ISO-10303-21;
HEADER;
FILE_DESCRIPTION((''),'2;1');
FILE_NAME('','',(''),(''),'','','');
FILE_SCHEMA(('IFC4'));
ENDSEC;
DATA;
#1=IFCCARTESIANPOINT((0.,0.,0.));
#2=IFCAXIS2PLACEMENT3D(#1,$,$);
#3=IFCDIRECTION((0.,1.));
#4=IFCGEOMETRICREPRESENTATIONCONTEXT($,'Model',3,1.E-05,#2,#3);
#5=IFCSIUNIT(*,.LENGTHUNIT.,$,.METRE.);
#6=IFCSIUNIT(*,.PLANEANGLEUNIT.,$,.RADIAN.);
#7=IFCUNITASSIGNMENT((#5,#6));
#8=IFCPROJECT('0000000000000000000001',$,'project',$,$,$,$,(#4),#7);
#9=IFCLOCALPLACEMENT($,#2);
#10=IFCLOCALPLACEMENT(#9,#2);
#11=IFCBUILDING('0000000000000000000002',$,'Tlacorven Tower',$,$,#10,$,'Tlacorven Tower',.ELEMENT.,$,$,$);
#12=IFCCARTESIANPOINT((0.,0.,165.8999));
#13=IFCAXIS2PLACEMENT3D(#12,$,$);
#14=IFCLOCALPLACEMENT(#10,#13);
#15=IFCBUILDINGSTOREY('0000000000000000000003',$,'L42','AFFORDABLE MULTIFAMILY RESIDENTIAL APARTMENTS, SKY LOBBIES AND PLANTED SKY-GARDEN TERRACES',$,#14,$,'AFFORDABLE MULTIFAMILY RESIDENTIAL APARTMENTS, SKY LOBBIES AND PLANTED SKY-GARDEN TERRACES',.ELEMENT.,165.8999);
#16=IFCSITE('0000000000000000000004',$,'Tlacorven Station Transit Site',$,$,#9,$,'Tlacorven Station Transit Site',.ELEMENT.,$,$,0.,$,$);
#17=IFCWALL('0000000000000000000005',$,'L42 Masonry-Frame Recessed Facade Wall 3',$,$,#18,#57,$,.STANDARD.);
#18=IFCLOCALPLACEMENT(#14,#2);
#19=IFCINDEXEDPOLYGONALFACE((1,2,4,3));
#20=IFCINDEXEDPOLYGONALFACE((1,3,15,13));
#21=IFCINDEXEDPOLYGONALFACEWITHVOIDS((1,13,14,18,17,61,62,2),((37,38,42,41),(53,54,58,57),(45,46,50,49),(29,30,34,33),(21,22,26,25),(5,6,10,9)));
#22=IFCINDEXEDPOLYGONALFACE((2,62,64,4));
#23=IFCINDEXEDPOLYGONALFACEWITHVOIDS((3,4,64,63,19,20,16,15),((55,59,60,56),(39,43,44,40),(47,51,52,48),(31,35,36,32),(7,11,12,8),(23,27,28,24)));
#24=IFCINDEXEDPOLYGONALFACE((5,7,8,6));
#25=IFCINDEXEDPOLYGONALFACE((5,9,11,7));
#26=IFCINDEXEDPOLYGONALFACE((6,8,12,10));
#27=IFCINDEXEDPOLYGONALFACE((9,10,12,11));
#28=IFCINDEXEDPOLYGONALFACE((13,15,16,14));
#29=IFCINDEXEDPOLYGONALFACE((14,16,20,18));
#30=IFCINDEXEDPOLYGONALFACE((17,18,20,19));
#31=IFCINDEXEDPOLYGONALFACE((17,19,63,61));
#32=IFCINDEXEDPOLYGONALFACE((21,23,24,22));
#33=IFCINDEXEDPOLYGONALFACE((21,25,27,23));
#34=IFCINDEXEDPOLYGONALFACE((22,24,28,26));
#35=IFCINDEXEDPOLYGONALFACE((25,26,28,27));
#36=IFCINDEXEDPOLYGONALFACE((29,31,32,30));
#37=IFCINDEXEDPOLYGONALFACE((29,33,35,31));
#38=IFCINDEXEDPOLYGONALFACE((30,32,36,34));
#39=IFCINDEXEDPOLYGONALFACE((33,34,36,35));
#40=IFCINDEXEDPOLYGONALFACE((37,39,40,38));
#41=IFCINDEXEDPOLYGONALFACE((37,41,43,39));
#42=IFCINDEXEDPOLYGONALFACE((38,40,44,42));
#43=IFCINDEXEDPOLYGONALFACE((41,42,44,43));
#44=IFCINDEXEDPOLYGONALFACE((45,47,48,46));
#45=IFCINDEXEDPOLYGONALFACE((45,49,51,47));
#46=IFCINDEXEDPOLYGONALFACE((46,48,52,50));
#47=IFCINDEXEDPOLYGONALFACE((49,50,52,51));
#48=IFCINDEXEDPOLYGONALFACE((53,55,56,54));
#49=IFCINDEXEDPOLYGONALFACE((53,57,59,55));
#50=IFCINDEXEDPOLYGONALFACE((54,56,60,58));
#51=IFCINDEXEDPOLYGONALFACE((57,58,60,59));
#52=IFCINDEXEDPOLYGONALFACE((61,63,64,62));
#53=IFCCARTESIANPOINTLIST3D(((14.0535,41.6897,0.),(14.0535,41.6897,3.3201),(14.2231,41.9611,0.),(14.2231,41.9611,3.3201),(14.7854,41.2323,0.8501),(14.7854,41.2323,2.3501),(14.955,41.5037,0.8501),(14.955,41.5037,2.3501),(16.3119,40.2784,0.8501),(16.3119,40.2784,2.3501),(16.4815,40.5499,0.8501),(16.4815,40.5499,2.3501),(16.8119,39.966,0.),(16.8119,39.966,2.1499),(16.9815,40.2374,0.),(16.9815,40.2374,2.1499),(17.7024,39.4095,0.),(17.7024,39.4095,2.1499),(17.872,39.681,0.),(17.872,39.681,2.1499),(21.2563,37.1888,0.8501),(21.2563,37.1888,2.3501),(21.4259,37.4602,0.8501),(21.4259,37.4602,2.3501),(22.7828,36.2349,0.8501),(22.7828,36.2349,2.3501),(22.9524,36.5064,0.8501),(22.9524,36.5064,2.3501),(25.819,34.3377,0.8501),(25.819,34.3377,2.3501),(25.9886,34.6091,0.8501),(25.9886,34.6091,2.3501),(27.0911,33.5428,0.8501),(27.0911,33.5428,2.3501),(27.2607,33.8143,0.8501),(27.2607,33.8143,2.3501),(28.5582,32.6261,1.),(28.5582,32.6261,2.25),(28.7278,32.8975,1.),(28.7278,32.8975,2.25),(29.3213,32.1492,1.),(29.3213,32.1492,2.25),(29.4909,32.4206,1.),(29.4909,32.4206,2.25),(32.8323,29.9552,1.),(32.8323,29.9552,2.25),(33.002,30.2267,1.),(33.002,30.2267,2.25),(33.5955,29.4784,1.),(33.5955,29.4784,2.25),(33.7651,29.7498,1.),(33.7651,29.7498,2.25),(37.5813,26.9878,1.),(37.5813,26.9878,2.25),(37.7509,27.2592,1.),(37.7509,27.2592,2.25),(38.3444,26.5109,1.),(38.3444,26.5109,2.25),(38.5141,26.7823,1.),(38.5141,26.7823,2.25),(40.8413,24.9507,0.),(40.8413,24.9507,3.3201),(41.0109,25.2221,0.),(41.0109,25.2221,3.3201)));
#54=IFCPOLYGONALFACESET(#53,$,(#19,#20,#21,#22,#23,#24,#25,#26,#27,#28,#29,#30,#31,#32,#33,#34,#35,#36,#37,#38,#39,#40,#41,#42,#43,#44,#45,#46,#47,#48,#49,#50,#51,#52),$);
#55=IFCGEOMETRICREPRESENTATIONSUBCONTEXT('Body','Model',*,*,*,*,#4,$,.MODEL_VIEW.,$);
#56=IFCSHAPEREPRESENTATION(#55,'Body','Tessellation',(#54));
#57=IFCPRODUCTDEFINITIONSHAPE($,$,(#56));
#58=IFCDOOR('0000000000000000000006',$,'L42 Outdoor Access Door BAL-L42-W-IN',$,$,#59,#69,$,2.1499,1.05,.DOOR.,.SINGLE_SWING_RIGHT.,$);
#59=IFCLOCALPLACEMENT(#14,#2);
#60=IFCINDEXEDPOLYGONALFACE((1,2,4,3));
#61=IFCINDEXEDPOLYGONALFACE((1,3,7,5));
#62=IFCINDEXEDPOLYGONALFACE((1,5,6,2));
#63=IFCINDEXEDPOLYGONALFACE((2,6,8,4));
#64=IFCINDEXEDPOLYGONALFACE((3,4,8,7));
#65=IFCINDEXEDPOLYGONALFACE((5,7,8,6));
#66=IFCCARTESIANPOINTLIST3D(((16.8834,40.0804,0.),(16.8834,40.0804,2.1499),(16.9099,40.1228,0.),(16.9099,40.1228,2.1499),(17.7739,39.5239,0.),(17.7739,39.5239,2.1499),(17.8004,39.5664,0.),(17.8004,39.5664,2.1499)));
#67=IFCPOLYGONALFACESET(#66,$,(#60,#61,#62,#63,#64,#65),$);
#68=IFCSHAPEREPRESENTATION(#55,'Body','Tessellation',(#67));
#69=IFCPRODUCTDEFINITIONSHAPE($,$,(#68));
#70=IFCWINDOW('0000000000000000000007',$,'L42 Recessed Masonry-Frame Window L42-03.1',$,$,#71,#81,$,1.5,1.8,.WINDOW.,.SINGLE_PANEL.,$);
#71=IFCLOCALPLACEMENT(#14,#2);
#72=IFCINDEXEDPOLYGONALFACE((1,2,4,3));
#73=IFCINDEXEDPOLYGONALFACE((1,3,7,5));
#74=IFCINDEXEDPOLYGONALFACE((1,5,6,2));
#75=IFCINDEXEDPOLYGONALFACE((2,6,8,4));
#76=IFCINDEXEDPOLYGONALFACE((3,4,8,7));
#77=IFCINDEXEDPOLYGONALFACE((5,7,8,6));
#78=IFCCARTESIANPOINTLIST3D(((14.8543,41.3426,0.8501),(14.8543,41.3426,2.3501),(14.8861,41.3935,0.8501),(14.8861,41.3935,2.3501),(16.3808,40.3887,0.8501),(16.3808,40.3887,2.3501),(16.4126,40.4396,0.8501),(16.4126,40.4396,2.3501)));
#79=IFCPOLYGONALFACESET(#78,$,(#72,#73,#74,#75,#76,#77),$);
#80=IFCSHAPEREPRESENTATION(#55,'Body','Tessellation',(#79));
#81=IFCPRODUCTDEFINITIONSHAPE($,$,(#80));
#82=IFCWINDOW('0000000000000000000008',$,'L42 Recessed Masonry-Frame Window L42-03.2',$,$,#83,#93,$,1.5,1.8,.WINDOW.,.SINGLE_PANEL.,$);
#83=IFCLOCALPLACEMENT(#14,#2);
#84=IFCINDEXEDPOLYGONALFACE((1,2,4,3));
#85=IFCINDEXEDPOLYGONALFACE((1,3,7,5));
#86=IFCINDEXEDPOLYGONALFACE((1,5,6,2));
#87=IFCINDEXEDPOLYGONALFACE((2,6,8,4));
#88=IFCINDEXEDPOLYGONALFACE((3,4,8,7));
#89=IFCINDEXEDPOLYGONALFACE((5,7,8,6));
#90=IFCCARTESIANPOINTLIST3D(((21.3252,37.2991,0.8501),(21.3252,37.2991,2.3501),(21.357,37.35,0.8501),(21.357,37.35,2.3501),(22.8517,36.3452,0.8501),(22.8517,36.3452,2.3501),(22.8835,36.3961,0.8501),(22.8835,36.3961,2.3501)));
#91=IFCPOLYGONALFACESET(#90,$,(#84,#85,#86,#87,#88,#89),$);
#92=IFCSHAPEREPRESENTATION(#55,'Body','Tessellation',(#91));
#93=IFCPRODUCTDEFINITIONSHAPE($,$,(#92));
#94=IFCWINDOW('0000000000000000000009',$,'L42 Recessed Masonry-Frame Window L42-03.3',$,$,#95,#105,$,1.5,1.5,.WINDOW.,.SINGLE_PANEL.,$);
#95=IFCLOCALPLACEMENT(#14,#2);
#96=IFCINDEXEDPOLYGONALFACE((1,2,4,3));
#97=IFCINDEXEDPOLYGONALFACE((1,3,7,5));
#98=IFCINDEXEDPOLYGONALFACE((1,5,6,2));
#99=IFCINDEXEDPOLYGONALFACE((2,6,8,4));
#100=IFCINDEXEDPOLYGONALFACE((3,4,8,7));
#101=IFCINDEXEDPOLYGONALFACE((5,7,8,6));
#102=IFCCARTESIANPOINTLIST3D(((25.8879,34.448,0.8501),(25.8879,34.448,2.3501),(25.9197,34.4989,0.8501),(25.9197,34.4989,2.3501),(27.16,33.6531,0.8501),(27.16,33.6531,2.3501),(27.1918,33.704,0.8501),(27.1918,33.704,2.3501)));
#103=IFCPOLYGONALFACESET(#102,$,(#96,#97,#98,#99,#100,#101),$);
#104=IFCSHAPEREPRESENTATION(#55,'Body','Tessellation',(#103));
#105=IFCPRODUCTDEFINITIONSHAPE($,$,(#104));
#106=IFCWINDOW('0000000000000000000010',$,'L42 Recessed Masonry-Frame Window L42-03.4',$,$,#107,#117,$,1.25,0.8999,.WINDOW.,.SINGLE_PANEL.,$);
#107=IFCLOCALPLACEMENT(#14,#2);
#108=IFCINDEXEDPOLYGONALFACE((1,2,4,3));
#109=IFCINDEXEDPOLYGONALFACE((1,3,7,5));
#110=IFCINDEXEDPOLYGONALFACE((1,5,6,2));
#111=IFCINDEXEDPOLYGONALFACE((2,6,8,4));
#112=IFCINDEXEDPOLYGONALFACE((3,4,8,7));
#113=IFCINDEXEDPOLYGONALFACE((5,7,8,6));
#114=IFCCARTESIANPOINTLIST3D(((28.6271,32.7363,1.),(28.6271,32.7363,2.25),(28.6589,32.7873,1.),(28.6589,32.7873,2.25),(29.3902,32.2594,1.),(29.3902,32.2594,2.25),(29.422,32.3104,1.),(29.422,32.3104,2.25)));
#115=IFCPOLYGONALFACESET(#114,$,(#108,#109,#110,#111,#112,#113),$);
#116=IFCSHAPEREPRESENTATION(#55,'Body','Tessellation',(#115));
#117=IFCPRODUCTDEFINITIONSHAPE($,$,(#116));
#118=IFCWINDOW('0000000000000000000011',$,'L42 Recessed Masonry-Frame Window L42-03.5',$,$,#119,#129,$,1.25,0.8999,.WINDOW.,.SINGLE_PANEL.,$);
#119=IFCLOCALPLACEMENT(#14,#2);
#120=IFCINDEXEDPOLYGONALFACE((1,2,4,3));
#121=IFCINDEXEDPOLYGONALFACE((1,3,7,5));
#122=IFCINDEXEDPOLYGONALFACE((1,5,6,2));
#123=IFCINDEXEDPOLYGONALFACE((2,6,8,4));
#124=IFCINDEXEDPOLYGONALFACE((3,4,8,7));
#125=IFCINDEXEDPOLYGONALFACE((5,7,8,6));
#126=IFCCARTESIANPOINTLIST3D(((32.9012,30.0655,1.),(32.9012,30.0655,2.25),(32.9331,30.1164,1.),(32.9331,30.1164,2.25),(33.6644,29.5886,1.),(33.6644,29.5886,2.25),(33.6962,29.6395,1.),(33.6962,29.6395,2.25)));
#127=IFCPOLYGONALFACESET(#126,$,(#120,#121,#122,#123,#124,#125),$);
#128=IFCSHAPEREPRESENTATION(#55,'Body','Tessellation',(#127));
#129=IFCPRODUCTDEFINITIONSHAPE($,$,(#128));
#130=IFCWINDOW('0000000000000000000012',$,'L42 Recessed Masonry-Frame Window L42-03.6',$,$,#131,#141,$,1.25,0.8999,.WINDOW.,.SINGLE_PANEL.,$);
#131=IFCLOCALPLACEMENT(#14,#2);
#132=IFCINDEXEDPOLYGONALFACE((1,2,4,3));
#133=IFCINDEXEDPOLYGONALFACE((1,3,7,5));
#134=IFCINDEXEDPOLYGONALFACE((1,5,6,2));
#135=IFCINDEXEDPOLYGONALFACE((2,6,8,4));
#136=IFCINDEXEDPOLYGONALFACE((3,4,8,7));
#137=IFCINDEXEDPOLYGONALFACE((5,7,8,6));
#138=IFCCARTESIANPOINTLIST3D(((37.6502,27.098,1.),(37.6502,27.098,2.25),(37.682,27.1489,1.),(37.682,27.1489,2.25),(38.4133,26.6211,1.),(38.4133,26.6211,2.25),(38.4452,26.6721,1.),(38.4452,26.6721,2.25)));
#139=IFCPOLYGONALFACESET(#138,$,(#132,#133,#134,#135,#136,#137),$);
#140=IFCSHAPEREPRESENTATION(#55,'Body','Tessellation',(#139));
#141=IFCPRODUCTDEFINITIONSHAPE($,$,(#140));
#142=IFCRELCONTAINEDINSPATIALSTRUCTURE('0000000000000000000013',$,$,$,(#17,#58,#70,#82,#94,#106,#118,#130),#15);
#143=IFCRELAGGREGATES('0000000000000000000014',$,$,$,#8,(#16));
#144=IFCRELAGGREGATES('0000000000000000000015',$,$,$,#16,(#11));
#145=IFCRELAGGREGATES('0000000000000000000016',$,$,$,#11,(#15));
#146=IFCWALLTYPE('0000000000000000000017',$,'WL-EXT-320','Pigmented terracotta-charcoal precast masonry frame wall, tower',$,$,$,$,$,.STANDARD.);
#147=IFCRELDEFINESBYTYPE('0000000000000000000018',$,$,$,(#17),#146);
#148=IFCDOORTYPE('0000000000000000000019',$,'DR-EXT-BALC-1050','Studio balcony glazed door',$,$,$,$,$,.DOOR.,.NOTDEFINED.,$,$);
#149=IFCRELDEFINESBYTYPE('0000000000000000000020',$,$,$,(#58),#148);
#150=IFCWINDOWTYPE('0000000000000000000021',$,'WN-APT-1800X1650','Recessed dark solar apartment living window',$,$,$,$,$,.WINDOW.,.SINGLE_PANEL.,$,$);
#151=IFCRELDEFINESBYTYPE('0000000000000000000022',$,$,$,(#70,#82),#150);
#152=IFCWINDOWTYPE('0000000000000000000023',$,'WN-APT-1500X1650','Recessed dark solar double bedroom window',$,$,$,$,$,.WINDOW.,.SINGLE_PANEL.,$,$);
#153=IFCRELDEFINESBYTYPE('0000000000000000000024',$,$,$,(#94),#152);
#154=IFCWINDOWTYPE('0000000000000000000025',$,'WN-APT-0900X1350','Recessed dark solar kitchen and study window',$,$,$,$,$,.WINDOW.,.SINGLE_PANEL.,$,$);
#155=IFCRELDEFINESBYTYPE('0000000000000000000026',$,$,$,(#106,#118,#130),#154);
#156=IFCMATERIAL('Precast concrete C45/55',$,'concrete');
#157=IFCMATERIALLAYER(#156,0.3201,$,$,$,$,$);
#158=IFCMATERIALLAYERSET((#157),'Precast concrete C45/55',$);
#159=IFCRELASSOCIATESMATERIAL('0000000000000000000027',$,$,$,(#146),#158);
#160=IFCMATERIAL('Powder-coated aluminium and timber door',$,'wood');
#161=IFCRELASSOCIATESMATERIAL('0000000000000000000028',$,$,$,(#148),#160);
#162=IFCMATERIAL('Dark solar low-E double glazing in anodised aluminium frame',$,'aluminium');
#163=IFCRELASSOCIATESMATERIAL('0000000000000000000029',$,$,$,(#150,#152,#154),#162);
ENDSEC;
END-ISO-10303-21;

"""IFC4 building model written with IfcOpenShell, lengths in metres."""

from ifc_helpers import new_model, si_unit, direction, frame, frame_2d, origin, place, context, subcontext, project, spatial, rectangle, extrude, source, transform, mapped, material, layer, layer_set, type_object, element, fill, save


model = new_model("IFC4")

# Units and contexts
model_context = context("Model", 3, precision=1e-05, world=origin(), true_north=direction((0.0, 1.0)))
body_context = subcontext(model_context, "Body", "Model", "MODEL_VIEW")
ifc_project = project(units=[si_unit("LENGTHUNIT", "METRE"), si_unit("PLANEANGLEUNIT", "RADIAN")], contexts=[model_context])

# Site, building, storey
site_placement = place(None, origin())
site = spatial("IfcSite", under=ifc_project, at=site_placement, Name="Tlacorven Station Transit Site", LongName="Tlacorven Station Transit Site", CompositionType="ELEMENT", RefElevation=0.0)
building_placement = place(site_placement, origin())
building = spatial("IfcBuilding", under=site, at=building_placement, Name="Tlacorven Tower", LongName="Tlacorven Tower", CompositionType="ELEMENT")
storey_placement = place(building_placement, frame((0.0, 0.0, 165.8999)))
storey = spatial("IfcBuildingStorey", under=building, at=storey_placement, Name="L42", Description="AFFORDABLE MULTIFAMILY RESIDENTIAL APARTMENTS, SKY LOBBIES AND PLANTED SKY-GARDEN TERRACES", LongName="AFFORDABLE MULTIFAMILY RESIDENTIAL APARTMENTS, SKY LOBBIES AND PLANTED SKY-GARDEN TERRACES", CompositionType="ELEMENT", Elevation=165.8999)

# Wall, openings, door, windows
ifc_material_1 = material(Name="Precast concrete C45/55", Category="concrete")
ifc_layer_1 = layer(ifc_material_1, 0.3201)
ifc_layer_set_1 = layer_set([ifc_layer_1], Name="Precast concrete C45/55")
wall_type_1 = type_object("IfcWallType", Name="WL-EXT-320", Description="Pigmented terracotta-charcoal precast masonry frame wall, tower", PredefinedType="STANDARD", material=ifc_layer_set_1)
wall_1_placement = place(storey_placement, frame((14.1382, 41.8254, 0.0), z_axis=(0.0, 0.0, 1.0), x_axis=(0.848046, -0.529922, 0.0)))
wall_1 = element("IfcWall", 1, at=wall_1_placement, inside=storey, type_object=wall_type_1, Name="L42 Masonry-Frame Recessed Facade Wall 3", PredefinedType="STANDARD", context=body_context, shape_type="SweptSolid", body=[
    extrude(rectangle(XDim=31.5876, YDim=0.3201, at=frame_2d((15.7939, 0.0))), origin(), (0.0, 0.0, 1.0), 3.3201),
])
opening_1_placement = place(wall_1_placement, frame((3.2529, 0.0, 0.0)))
opening_1 = element("IfcOpeningElement", 2, at=opening_1_placement, cuts=wall_1, PredefinedType="OPENING", context=body_context, shape_type="SweptSolid", body=[
    extrude(rectangle(XDim=1.05, YDim=2.1499, at=frame_2d((0.5249, 1.075))), frame((0.0, 0.1699, 0.0), z_axis=(0.0, -1.0, 0.0), x_axis=(1.0, 0.0, 0.0)), (0.0, 0.0, 1.0), 0.3401),
])
opening_2_placement = place(wall_1_placement, frame((0.8633, 0.0, 0.8501)))
opening_2 = element("IfcOpeningElement", 3, at=opening_2_placement, cuts=wall_1, PredefinedType="OPENING", context=body_context, shape_type="SweptSolid", body=[
    extrude(rectangle(XDim=1.8, YDim=1.5, at=frame_2d((0.8999, 0.75))), frame((0.0, 0.1699, 0.0), z_axis=(0.0, -1.0, 0.0), x_axis=(1.0, 0.0, 0.0)), (0.0, 0.0, 1.0), 0.3401),
])
opening_3_placement = place(wall_1_placement, frame((8.4937, 0.0, 0.8501)))
opening_3 = element("IfcOpeningElement", 4, at=opening_3_placement, cuts=wall_1, PredefinedType="OPENING", context=body_context, shape_type="SweptSolid", body=[
    extrude(rectangle(XDim=1.8, YDim=1.5, at=frame_2d((0.8999, 0.75))), frame((0.0, 0.1699, 0.0), z_axis=(0.0, -1.0, 0.0), x_axis=(1.0, 0.0, 0.0)), (0.0, 0.0, 1.0), 0.3401),
])
opening_4_placement = place(wall_1_placement, frame((13.8738, 0.0, 0.8501)))
opening_4 = element("IfcOpeningElement", 5, at=opening_4_placement, cuts=wall_1, PredefinedType="OPENING", context=body_context, shape_type="SweptSolid", body=[
    extrude(rectangle(XDim=1.5, YDim=1.5, at=frame_2d((0.75, 0.75))), frame((0.0, 0.1699, 0.0), z_axis=(0.0, -1.0, 0.0), x_axis=(1.0, 0.0, 0.0)), (0.0, 0.0, 1.0), 0.3401),
])
opening_5_placement = place(wall_1_placement, frame((17.1038, 0.0, 1.0)))
opening_5 = element("IfcOpeningElement", 6, at=opening_5_placement, cuts=wall_1, PredefinedType="OPENING", context=body_context, shape_type="SweptSolid", body=[
    extrude(rectangle(XDim=0.8999, YDim=1.25, at=frame_2d((0.45, 0.625))), frame((0.0, 0.1699, 0.0), z_axis=(0.0, -1.0, 0.0), x_axis=(1.0, 0.0, 0.0)), (0.0, 0.0, 1.0), 0.3401),
])
opening_6_placement = place(wall_1_placement, frame((22.1438, 0.0, 1.0)))
opening_6 = element("IfcOpeningElement", 7, at=opening_6_placement, cuts=wall_1, PredefinedType="OPENING", context=body_context, shape_type="SweptSolid", body=[
    extrude(rectangle(XDim=0.8999, YDim=1.25, at=frame_2d((0.45, 0.625))), frame((0.0, 0.1699, 0.0), z_axis=(0.0, -1.0, 0.0), x_axis=(1.0, 0.0, 0.0)), (0.0, 0.0, 1.0), 0.3401),
])
opening_7_placement = place(wall_1_placement, frame((27.7437, 0.0, 1.0)))
opening_7 = element("IfcOpeningElement", 8, at=opening_7_placement, cuts=wall_1, PredefinedType="OPENING", context=body_context, shape_type="SweptSolid", body=[
    extrude(rectangle(XDim=0.8999, YDim=1.25, at=frame_2d((0.45, 0.625))), frame((0.0, 0.1699, 0.0), z_axis=(0.0, -1.0, 0.0), x_axis=(1.0, 0.0, 0.0)), (0.0, 0.0, 1.0), 0.3401),
])
ifc_material_2 = material(Name="Powder-coated aluminium and timber door", Category="wood")
door_type = type_object("IfcDoorType", Name="DR-EXT-BALC-1050", Description="Studio balcony glazed door", OperationType="NOTDEFINED", PredefinedType="DOOR", material=ifc_material_2)
shared_shape_1 = source(origin(), body_context, "Body", "SweptSolid", [
    extrude(rectangle(XDim=1.05, YDim=2.1499, at=frame_2d((0.5249, 1.075))), frame((0.0, 0.0249, 0.0), z_axis=(0.0, -1.0, 0.0), x_axis=(1.0, 0.0, 0.0)), (0.0, 0.0, 1.0), 0.05),
])
door_placement = place(opening_1_placement, origin())
door = element("IfcDoor", 9, at=door_placement, inside=storey, type_object=door_type, Name="L42 Outdoor Access Door BAL-L42-W-IN", OperationType="SINGLE_SWING_RIGHT", OverallHeight=2.1499, OverallWidth=1.05, PredefinedType="DOOR", context=body_context, shape_type="MappedRepresentation", body=[
    mapped(shared_shape_1, transform((0.0, 0.0, 0.0), scale=1.0)),
])
fill(opening_1, door)
ifc_material_3 = material(Name="Dark solar low-E double glazing in anodised aluminium frame", Category="aluminium")
window_type_1 = type_object("IfcWindowType", Name="WN-APT-1800X1650", Description="Recessed dark solar apartment living window", PartitioningType="SINGLE_PANEL", PredefinedType="WINDOW", material=ifc_material_3)
shared_shape_2 = source(origin(), body_context, "Body", "SweptSolid", [
    extrude(rectangle(XDim=1.8, YDim=1.5, at=frame_2d((0.8999, 0.75))), frame((0.0, 0.03, 0.0), z_axis=(0.0, -1.0, 0.0), x_axis=(1.0, 0.0, 0.0)), (0.0, 0.0, 1.0), 0.0601),
])
window_1_placement = place(opening_2_placement, origin())
window_1 = element("IfcWindow", 10, at=window_1_placement, inside=storey, type_object=window_type_1, Name="L42 Recessed Masonry-Frame Window L42-03.1", OverallHeight=1.5, OverallWidth=1.8, PartitioningType="SINGLE_PANEL", PredefinedType="WINDOW", context=body_context, shape_type="MappedRepresentation", body=[
    mapped(shared_shape_2, transform((0.0, 0.0, 0.0), scale=1.0)),
])
fill(opening_2, window_1)
window_2_placement = place(opening_3_placement, origin())
window_2 = element("IfcWindow", 11, at=window_2_placement, inside=storey, type_object=window_type_1, Name="L42 Recessed Masonry-Frame Window L42-03.2", OverallHeight=1.5, OverallWidth=1.8, PartitioningType="SINGLE_PANEL", PredefinedType="WINDOW", context=body_context, shape_type="MappedRepresentation", body=[
    mapped(shared_shape_2, transform((0.0, 0.0, 0.0), scale=1.0)),
])
fill(opening_3, window_2)
window_type_2 = type_object("IfcWindowType", Name="WN-APT-1500X1650", Description="Recessed dark solar double bedroom window", PartitioningType="SINGLE_PANEL", PredefinedType="WINDOW", material=ifc_material_3)
shared_shape_3 = source(origin(), body_context, "Body", "SweptSolid", [
    extrude(rectangle(XDim=1.5, YDim=1.5, at=frame_2d((0.75, 0.75))), frame((0.0, 0.03, 0.0), z_axis=(0.0, -1.0, 0.0), x_axis=(1.0, 0.0, 0.0)), (0.0, 0.0, 1.0), 0.0601),
])
window_3_placement = place(opening_4_placement, origin())
window_3 = element("IfcWindow", 12, at=window_3_placement, inside=storey, type_object=window_type_2, Name="L42 Recessed Masonry-Frame Window L42-03.3", OverallHeight=1.5, OverallWidth=1.5, PartitioningType="SINGLE_PANEL", PredefinedType="WINDOW", context=body_context, shape_type="MappedRepresentation", body=[
    mapped(shared_shape_3, transform((0.0, 0.0, 0.0), scale=1.0)),
])
fill(opening_4, window_3)
window_type_3 = type_object("IfcWindowType", Name="WN-APT-0900X1350", Description="Recessed dark solar kitchen and study window", PartitioningType="SINGLE_PANEL", PredefinedType="WINDOW", material=ifc_material_3)
shared_shape_4 = source(origin(), body_context, "Body", "SweptSolid", [
    extrude(rectangle(XDim=0.8999, YDim=1.25, at=frame_2d((0.45, 0.625))), frame((0.0, 0.03, 0.0), z_axis=(0.0, -1.0, 0.0), x_axis=(1.0, 0.0, 0.0)), (0.0, 0.0, 1.0), 0.0601),
])
window_4_placement = place(opening_5_placement, origin())
window_4 = element("IfcWindow", 13, at=window_4_placement, inside=storey, type_object=window_type_3, Name="L42 Recessed Masonry-Frame Window L42-03.4", OverallHeight=1.25, OverallWidth=0.8999, PartitioningType="SINGLE_PANEL", PredefinedType="WINDOW", context=body_context, shape_type="MappedRepresentation", body=[
    mapped(shared_shape_4, transform((0.0, 0.0, 0.0), scale=1.0)),
])
fill(opening_5, window_4)
window_5_placement = place(opening_6_placement, origin())
window_5 = element("IfcWindow", 14, at=window_5_placement, inside=storey, type_object=window_type_3, Name="L42 Recessed Masonry-Frame Window L42-03.5", OverallHeight=1.25, OverallWidth=0.8999, PartitioningType="SINGLE_PANEL", PredefinedType="WINDOW", context=body_context, shape_type="MappedRepresentation", body=[
    mapped(shared_shape_4, transform((0.0, 0.0, 0.0), scale=1.0)),
])
fill(opening_6, window_5)
window_6_placement = place(opening_7_placement, origin())
window_6 = element("IfcWindow", 15, at=window_6_placement, inside=storey, type_object=window_type_3, Name="L42 Recessed Masonry-Frame Window L42-03.6", OverallHeight=1.25, OverallWidth=0.8999, PartitioningType="SINGLE_PANEL", PredefinedType="WINDOW", context=body_context, shape_type="MappedRepresentation", body=[
    mapped(shared_shape_4, transform((0.0, 0.0, 0.0), scale=1.0)),
])
fill(opening_7, window_6)

save(model, "model.ifc")
